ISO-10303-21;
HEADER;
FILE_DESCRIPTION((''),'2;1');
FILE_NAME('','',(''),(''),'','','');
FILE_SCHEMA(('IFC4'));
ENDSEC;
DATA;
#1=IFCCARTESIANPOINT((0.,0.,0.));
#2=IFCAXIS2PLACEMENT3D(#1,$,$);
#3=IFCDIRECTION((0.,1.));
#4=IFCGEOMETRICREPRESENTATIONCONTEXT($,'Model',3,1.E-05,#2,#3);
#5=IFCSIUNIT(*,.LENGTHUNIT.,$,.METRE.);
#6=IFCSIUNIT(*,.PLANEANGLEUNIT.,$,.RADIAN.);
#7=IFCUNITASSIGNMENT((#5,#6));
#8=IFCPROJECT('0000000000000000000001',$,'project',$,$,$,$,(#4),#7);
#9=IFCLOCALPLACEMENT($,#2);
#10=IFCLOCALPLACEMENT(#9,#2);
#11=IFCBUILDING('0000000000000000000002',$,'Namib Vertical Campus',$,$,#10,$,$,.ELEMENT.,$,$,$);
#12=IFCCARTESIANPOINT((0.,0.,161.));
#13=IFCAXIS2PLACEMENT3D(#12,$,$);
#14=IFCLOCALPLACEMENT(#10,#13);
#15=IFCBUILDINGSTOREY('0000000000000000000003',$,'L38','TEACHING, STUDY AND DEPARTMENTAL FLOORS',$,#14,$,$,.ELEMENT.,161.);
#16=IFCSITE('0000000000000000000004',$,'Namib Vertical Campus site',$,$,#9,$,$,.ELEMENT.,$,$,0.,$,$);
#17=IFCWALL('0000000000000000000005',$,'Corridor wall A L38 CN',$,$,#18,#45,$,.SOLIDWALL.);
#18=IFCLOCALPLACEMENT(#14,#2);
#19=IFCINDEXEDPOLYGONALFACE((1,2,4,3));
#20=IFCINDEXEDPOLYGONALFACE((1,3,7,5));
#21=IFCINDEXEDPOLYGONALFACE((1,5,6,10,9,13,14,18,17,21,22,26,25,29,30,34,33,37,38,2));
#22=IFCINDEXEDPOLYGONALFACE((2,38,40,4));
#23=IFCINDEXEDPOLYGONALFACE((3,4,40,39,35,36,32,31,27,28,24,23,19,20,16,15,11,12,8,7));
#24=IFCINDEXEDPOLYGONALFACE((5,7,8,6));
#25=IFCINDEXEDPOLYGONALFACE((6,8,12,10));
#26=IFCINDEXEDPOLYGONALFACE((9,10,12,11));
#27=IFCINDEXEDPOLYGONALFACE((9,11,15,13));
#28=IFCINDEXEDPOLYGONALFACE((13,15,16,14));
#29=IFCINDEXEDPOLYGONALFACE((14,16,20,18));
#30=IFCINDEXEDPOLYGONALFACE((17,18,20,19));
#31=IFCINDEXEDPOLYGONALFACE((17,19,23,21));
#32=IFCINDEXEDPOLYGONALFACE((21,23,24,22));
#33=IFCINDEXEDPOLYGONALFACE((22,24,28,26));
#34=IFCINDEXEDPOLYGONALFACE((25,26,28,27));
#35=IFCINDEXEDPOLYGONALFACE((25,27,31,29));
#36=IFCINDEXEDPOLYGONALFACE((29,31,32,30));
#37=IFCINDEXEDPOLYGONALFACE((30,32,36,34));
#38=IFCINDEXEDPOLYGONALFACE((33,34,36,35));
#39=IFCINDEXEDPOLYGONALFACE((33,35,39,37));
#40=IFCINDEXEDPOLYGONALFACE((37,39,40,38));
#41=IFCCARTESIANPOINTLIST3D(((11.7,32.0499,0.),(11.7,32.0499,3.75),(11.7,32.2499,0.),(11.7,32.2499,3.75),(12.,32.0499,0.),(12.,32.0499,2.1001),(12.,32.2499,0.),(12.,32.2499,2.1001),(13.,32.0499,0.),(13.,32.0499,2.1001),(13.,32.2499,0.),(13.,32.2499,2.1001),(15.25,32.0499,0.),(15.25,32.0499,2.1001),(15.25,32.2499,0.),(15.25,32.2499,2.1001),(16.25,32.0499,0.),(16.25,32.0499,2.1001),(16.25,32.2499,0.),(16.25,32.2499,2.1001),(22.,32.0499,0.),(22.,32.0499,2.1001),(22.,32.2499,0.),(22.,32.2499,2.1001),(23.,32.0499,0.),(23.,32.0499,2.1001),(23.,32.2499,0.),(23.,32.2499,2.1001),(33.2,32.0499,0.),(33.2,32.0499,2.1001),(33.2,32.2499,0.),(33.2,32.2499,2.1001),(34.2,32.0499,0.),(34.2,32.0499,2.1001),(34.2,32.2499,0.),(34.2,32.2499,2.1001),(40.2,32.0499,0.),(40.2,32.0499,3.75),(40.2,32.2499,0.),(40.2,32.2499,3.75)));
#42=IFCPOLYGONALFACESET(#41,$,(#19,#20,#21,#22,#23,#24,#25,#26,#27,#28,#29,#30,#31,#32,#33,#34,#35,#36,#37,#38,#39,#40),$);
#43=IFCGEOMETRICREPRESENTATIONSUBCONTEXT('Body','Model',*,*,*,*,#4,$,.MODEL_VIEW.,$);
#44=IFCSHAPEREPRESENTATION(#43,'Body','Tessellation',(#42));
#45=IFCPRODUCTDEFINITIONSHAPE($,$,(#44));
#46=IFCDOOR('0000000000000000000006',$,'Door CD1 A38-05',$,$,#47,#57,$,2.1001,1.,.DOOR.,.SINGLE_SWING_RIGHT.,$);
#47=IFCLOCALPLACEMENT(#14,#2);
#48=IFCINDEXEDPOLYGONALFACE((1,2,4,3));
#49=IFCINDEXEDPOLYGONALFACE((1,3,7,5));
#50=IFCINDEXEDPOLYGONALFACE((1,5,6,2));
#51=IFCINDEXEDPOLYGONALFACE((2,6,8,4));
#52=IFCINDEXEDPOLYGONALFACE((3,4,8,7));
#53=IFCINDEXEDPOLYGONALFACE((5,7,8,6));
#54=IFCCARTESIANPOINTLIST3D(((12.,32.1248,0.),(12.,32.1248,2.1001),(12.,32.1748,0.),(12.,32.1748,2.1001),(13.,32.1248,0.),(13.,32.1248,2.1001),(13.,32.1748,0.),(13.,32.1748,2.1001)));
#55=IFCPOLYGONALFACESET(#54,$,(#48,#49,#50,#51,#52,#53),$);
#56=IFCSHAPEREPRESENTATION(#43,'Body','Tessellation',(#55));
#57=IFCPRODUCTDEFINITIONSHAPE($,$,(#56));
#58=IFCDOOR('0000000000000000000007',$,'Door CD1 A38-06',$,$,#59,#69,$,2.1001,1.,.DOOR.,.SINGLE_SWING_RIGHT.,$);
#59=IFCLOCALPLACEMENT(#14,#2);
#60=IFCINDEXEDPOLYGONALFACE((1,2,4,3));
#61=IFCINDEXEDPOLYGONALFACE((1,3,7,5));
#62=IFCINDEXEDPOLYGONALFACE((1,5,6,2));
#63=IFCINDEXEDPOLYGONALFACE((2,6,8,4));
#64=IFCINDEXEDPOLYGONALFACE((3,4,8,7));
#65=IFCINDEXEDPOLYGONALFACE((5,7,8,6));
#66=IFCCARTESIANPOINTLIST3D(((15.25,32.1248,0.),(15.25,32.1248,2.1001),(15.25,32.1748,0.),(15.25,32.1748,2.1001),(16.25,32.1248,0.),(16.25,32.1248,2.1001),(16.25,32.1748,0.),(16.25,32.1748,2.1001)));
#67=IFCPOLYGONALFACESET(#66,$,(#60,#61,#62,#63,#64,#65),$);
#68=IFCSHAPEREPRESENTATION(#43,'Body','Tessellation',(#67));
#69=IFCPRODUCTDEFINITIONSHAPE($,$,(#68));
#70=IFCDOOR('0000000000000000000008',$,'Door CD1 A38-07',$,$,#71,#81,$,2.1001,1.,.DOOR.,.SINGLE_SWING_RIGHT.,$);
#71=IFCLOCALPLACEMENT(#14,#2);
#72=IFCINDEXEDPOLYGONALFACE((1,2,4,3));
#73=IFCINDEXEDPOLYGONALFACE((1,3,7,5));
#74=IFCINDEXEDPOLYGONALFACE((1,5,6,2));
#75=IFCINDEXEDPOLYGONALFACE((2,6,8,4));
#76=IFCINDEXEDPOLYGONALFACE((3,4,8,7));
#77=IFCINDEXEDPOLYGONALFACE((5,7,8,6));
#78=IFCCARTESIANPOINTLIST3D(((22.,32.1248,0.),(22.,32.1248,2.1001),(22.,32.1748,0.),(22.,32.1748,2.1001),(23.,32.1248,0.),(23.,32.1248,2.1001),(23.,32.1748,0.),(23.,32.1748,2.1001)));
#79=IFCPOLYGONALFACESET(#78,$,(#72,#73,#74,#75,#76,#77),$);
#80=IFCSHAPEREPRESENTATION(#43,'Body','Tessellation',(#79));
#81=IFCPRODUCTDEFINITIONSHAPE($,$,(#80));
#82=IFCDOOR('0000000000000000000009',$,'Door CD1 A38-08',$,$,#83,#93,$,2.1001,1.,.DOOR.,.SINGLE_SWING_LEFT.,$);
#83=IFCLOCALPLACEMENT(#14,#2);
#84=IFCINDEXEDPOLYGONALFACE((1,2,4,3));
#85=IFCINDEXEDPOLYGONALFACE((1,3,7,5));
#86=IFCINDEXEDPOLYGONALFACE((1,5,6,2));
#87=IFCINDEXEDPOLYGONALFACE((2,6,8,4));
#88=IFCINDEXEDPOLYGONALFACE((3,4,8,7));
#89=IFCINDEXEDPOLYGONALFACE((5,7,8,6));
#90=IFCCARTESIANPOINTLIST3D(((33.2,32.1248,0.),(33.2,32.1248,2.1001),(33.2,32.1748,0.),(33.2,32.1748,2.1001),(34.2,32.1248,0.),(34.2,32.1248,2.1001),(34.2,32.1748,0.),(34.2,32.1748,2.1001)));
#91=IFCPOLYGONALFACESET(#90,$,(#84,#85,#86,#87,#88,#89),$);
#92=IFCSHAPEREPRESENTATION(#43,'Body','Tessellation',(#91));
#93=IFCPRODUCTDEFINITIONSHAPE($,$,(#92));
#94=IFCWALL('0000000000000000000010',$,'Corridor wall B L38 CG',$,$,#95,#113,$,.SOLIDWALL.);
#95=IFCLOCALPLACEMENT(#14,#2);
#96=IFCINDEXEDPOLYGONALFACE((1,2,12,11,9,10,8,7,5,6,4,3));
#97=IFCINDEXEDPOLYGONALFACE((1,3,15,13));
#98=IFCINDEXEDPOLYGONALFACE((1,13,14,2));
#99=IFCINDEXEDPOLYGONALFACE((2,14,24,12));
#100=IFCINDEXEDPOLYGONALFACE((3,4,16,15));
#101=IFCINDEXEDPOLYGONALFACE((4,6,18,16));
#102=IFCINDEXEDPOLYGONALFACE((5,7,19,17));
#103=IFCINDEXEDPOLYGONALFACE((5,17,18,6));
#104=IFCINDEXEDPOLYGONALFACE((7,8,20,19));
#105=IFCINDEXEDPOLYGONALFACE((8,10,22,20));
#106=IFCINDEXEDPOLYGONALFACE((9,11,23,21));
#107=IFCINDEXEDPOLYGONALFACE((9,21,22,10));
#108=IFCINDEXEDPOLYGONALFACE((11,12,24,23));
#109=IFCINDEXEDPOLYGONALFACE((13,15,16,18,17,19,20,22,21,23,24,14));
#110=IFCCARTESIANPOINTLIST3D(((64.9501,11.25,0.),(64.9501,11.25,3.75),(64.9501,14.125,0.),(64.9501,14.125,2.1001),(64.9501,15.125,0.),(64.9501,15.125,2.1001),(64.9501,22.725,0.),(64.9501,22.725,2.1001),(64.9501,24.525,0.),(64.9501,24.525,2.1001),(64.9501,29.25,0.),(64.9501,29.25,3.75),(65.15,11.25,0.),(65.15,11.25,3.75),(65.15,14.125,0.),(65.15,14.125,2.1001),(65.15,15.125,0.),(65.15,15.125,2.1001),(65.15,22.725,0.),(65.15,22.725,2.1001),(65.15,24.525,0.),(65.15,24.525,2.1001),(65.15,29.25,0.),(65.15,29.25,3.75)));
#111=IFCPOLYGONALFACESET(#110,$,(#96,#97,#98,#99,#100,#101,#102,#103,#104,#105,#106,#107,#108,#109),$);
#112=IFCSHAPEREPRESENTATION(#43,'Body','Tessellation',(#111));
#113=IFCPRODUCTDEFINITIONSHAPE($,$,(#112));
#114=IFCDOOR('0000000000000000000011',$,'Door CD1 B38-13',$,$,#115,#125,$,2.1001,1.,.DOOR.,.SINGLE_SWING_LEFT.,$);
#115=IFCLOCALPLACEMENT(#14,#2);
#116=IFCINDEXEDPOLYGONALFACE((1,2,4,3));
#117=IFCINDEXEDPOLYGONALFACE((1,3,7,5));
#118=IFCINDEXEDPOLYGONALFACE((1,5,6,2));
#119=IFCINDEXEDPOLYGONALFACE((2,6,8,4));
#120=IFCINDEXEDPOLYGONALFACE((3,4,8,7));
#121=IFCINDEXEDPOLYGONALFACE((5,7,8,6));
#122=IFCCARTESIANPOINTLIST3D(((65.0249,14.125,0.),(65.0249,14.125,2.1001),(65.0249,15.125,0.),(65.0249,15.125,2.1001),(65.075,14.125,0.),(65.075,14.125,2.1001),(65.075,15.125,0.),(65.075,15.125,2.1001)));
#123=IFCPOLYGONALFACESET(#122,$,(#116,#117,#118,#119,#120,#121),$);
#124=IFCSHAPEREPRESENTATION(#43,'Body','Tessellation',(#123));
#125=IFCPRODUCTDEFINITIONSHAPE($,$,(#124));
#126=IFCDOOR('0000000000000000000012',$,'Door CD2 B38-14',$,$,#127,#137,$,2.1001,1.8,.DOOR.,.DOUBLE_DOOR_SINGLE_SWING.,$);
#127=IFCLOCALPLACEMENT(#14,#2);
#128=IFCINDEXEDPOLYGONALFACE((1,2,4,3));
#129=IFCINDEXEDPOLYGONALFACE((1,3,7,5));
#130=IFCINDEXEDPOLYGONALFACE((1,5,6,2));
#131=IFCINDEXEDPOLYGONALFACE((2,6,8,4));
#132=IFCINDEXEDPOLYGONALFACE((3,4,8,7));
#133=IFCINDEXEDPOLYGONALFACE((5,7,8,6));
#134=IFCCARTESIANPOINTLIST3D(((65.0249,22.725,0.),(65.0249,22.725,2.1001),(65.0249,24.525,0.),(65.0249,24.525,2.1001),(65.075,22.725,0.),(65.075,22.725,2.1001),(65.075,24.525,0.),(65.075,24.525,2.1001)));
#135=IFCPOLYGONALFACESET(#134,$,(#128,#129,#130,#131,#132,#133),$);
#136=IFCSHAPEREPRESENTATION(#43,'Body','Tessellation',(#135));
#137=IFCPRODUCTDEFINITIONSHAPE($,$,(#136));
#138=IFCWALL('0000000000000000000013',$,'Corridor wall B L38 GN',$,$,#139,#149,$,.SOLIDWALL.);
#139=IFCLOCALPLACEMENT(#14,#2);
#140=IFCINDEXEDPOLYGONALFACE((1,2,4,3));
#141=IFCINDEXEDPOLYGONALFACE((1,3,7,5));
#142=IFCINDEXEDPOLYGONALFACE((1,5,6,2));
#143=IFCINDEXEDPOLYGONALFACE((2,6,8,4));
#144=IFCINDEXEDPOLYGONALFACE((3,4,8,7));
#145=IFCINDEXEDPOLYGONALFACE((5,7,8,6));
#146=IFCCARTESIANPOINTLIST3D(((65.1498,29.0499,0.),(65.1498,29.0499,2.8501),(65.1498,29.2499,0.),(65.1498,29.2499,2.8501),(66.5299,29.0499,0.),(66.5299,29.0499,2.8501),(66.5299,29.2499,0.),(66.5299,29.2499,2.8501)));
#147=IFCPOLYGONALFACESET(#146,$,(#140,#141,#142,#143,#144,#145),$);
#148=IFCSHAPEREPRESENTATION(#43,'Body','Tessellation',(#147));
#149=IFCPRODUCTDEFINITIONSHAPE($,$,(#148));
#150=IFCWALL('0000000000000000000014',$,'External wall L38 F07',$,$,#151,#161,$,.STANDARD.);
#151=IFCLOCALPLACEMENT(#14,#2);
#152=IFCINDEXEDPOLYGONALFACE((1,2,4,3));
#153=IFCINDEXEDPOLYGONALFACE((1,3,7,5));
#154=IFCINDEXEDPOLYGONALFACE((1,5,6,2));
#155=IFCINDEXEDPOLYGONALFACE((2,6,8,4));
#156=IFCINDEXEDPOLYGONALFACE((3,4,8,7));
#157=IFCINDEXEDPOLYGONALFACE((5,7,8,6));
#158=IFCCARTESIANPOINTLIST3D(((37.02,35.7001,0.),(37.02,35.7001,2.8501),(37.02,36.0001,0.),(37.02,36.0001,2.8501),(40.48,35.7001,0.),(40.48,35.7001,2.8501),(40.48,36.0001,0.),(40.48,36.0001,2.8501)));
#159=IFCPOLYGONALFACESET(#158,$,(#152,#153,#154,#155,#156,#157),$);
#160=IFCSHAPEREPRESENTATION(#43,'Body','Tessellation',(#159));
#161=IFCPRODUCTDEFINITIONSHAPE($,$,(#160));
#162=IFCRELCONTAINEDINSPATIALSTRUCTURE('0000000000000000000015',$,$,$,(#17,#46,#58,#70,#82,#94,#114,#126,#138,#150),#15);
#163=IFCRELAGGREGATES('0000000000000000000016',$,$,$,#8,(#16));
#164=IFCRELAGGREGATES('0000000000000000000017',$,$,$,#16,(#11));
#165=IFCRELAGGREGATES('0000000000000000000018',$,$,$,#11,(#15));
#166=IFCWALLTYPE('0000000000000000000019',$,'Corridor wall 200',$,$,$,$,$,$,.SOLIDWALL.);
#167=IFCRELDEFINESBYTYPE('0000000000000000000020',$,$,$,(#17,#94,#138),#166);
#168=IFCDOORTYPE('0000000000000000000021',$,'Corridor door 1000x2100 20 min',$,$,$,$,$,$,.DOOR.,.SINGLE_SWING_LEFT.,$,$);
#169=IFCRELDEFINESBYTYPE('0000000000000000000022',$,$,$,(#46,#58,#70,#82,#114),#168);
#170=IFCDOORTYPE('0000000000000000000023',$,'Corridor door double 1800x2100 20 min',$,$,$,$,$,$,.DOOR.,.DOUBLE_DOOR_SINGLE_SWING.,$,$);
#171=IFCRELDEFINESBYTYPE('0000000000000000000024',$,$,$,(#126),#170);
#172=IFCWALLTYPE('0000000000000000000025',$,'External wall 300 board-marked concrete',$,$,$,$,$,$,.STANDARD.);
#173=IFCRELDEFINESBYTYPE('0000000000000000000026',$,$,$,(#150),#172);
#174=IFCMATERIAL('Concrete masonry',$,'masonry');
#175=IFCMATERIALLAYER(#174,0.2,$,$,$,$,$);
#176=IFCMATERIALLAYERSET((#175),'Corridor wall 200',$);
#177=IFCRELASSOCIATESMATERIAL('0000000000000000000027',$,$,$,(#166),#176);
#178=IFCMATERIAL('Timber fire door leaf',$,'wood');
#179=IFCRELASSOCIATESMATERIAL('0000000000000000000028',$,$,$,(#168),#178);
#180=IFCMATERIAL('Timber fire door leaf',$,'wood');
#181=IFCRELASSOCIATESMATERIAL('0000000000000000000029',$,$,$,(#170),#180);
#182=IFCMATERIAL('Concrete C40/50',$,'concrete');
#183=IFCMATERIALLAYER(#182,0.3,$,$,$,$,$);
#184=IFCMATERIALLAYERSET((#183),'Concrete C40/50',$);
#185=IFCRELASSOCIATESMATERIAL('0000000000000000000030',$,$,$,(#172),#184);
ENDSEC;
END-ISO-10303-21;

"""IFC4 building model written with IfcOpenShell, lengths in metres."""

from ifc_helpers import new_model, si_unit, direction, frame, frame_2d, origin, place, context, subcontext, project, spatial, rectangle, extrude, material, layer, layer_set, type_object, element, fill, save


model = new_model("IFC4")

# Units and contexts
model_context = context("Model", 3, precision=1e-05, world=origin(), true_north=direction((0.0, 1.0)))
body_context = subcontext(model_context, "Body", "Model", "MODEL_VIEW")
ifc_project = project(units=[si_unit("LENGTHUNIT", "METRE"), si_unit("PLANEANGLEUNIT", "RADIAN")], contexts=[model_context])

# Site, building, storey
site_placement = place(None, origin())
site = spatial("IfcSite", under=ifc_project, at=site_placement, Name="Namib Vertical Campus site", CompositionType="ELEMENT", RefElevation=0.0)
building_placement = place(site_placement, origin())
building = spatial("IfcBuilding", under=site, at=building_placement, Name="Namib Vertical Campus", CompositionType="ELEMENT")
storey_placement = place(building_placement, frame((0.0, 0.0, 161.0)))
storey = spatial("IfcBuildingStorey", under=building, at=storey_placement, Name="L38", Description="TEACHING, STUDY AND DEPARTMENTAL FLOORS", CompositionType="ELEMENT", Elevation=161.0)

# Walls, openings, doors
ifc_material_1 = material(Name="Concrete masonry", Category="masonry")
ifc_layer_1 = layer(ifc_material_1, 0.2)
ifc_layer_set_1 = layer_set([ifc_layer_1], Name="Corridor wall 200")
wall_type_1 = type_object("IfcWallType", Name="Corridor wall 200", PredefinedType="SOLIDWALL", material=ifc_layer_set_1)
wall_1_placement = place(storey_placement, frame((40.2, 32.1499, 0.0), z_axis=(0.0, 0.0, 1.0), x_axis=(-1.0, 0.0, 0.0)))
wall_1 = element("IfcWall", 1, at=wall_1_placement, inside=storey, type_object=wall_type_1, Name="Corridor wall A L38 CN", PredefinedType="SOLIDWALL", context=body_context, shape_type="SweptSolid", body=[
    extrude(rectangle(XDim=28.5, YDim=0.2, at=frame_2d((14.25, 0.0))), origin(), (0.0, 0.0, 1.0), 3.75),
])
opening_1_placement = place(wall_1_placement, frame((27.2, 0.0, 0.0)))
opening_1 = element("IfcOpeningElement", 2, at=opening_1_placement, cuts=wall_1, PredefinedType="OPENING", context=body_context, shape_type="SweptSolid", body=[
    extrude(rectangle(XDim=1.0, YDim=2.1001, at=frame_2d((0.5, 1.05))), frame((0.0, 0.1099, 0.0), z_axis=(0.0, -1.0, 0.0), x_axis=(1.0, 0.0, 0.0)), (0.0, 0.0, 1.0), 0.22),
])
opening_2_placement = place(wall_1_placement, frame((23.95, 0.0, 0.0)))
opening_2 = element("IfcOpeningElement", 3, at=opening_2_placement, cuts=wall_1, PredefinedType="OPENING", context=body_context, shape_type="SweptSolid", body=[
    extrude(rectangle(XDim=1.0, YDim=2.1001, at=frame_2d((0.5, 1.05))), frame((0.0, 0.1099, 0.0), z_axis=(0.0, -1.0, 0.0), x_axis=(1.0, 0.0, 0.0)), (0.0, 0.0, 1.0), 0.22),
])
opening_3_placement = place(wall_1_placement, frame((17.2, 0.0, 0.0)))
opening_3 = element("IfcOpeningElement", 4, at=opening_3_placement, cuts=wall_1, PredefinedType="OPENING", context=body_context, shape_type="SweptSolid", body=[
    extrude(rectangle(XDim=1.0, YDim=2.1001, at=frame_2d((0.5, 1.05))), frame((0.0, 0.1099, 0.0), z_axis=(0.0, -1.0, 0.0), x_axis=(1.0, 0.0, 0.0)), (0.0, 0.0, 1.0), 0.22),
])
opening_4_placement = place(wall_1_placement, frame((6.0, 0.0, 0.0)))
opening_4 = element("IfcOpeningElement", 5, at=opening_4_placement, cuts=wall_1, PredefinedType="OPENING", context=body_context, shape_type="SweptSolid", body=[
    extrude(rectangle(XDim=1.0, YDim=2.1001, at=frame_2d((0.5, 1.05))), frame((0.0, 0.1099, 0.0), z_axis=(0.0, -1.0, 0.0), x_axis=(1.0, 0.0, 0.0)), (0.0, 0.0, 1.0), 0.22),
])
ifc_material_2 = material(Name="Timber fire door leaf", Category="wood")
door_type_1 = type_object("IfcDoorType", Name="Corridor door 1000x2100 20 min", OperationType="SINGLE_SWING_LEFT", PredefinedType="DOOR", material=ifc_material_2)
door_1_placement = place(opening_1_placement, frame((1.0, 0.0, 0.0), z_axis=(0.0, 0.0, 1.0), x_axis=(-1.0, 0.0, 0.0)))
door_1 = element("IfcDoor", 6, at=door_1_placement, inside=storey, type_object=door_type_1, Name="Door CD1 A38-05", OperationType="SINGLE_SWING_RIGHT", OverallHeight=2.1001, OverallWidth=1.0, PredefinedType="DOOR", context=body_context, shape_type="SweptSolid", body=[
    extrude(rectangle(XDim=1.0, YDim=2.1001, at=frame_2d((0.5, 1.05))), frame((0.0, 0.0249, 0.0), z_axis=(0.0, -1.0, 0.0), x_axis=(1.0, 0.0, 0.0)), (0.0, 0.0, 1.0), 0.05),
])
fill(opening_1, door_1)
door_2_placement = place(opening_2_placement, frame((1.0, 0.0, 0.0), z_axis=(0.0, 0.0, 1.0), x_axis=(-1.0, 0.0, 0.0)))
door_2 = element("IfcDoor", 7, at=door_2_placement, inside=storey, type_object=door_type_1, Name="Door CD1 A38-06", OperationType="SINGLE_SWING_RIGHT", OverallHeight=2.1001, OverallWidth=1.0, PredefinedType="DOOR", context=body_context, shape_type="SweptSolid", body=[
    extrude(rectangle(XDim=1.0, YDim=2.1001, at=frame_2d((0.5, 1.05))), frame((0.0, 0.0249, 0.0), z_axis=(0.0, -1.0, 0.0), x_axis=(1.0, 0.0, 0.0)), (0.0, 0.0, 1.0), 0.05),
])
fill(opening_2, door_2)
door_3_placement = place(opening_3_placement, frame((1.0, 0.0, 0.0), z_axis=(0.0, 0.0, 1.0), x_axis=(-1.0, 0.0, 0.0)))
door_3 = element("IfcDoor", 8, at=door_3_placement, inside=storey, type_object=door_type_1, Name="Door CD1 A38-07", OperationType="SINGLE_SWING_RIGHT", OverallHeight=2.1001, OverallWidth=1.0, PredefinedType="DOOR", context=body_context, shape_type="SweptSolid", body=[
    extrude(rectangle(XDim=1.0, YDim=2.1001, at=frame_2d((0.5, 1.05))), frame((0.0, 0.0249, 0.0), z_axis=(0.0, -1.0, 0.0), x_axis=(1.0, 0.0, 0.0)), (0.0, 0.0, 1.0), 0.05),
])
fill(opening_3, door_3)
door_4_placement = place(opening_4_placement, frame((1.0, 0.0, 0.0), z_axis=(0.0, 0.0, 1.0), x_axis=(-1.0, 0.0, 0.0)))
door_4 = element("IfcDoor", 9, at=door_4_placement, inside=storey, type_object=door_type_1, Name="Door CD1 A38-08", OperationType="SINGLE_SWING_LEFT", OverallHeight=2.1001, OverallWidth=1.0, PredefinedType="DOOR", context=body_context, shape_type="SweptSolid", body=[
    extrude(rectangle(XDim=1.0, YDim=2.1001, at=frame_2d((0.5, 1.05))), frame((0.0, 0.0249, 0.0), z_axis=(0.0, -1.0, 0.0), x_axis=(1.0, 0.0, 0.0)), (0.0, 0.0, 1.0), 0.05),
])
fill(opening_4, door_4)
wall_2_placement = place(storey_placement, frame((65.05, 29.25, 0.0), z_axis=(0.0, 0.0, 1.0), x_axis=(0.0, -1.0, 0.0)))
wall_2 = element("IfcWall", 10, at=wall_2_placement, inside=storey, type_object=wall_type_1, Name="Corridor wall B L38 CG", PredefinedType="SOLIDWALL", context=body_context, shape_type="SweptSolid", body=[
    extrude(rectangle(XDim=18.0, YDim=0.2, at=frame_2d((9.0, 0.0))), origin(), (0.0, 0.0, 1.0), 3.75),
])
opening_5_placement = place(wall_2_placement, frame((14.125, 0.0, 0.0)))
opening_5 = element("IfcOpeningElement", 11, at=opening_5_placement, cuts=wall_2, PredefinedType="OPENING", context=body_context, shape_type="SweptSolid", body=[
    extrude(rectangle(XDim=1.0, YDim=2.1001, at=frame_2d((0.5, 1.05))), frame((0.0, 0.1099, 0.0), z_axis=(0.0, -1.0, 0.0), x_axis=(1.0, 0.0, 0.0)), (0.0, 0.0, 1.0), 0.22),
])
opening_6_placement = place(wall_2_placement, frame((4.7251, 0.0, 0.0)))
opening_6 = element("IfcOpeningElement", 12, at=opening_6_placement, cuts=wall_2, PredefinedType="OPENING", context=body_context, shape_type="SweptSolid", body=[
    extrude(rectangle(XDim=1.8, YDim=2.1001, at=frame_2d((0.8999, 1.05))), frame((0.0, 0.1099, 0.0), z_axis=(0.0, -1.0, 0.0), x_axis=(1.0, 0.0, 0.0)), (0.0, 0.0, 1.0), 0.22),
])
door_5_placement = place(opening_5_placement, origin())
door_5 = element("IfcDoor", 13, at=door_5_placement, inside=storey, type_object=door_type_1, Name="Door CD1 B38-13", OperationType="SINGLE_SWING_LEFT", OverallHeight=2.1001, OverallWidth=1.0, PredefinedType="DOOR", context=body_context, shape_type="SweptSolid", body=[
    extrude(rectangle(XDim=1.0, YDim=2.1001, at=frame_2d((0.5, 1.05))), frame((0.0, 0.0249, 0.0), z_axis=(0.0, -1.0, 0.0), x_axis=(1.0, 0.0, 0.0)), (0.0, 0.0, 1.0), 0.05),
])
fill(opening_5, door_5)
ifc_material_3 = material(Name="Timber fire door leaf", Category="wood")
door_type_2 = type_object("IfcDoorType", Name="Corridor door double 1800x2100 20 min", OperationType="DOUBLE_DOOR_SINGLE_SWING", PredefinedType="DOOR", material=ifc_material_3)
door_6_placement = place(opening_6_placement, origin())
door_6 = element("IfcDoor", 14, at=door_6_placement, inside=storey, type_object=door_type_2, Name="Door CD2 B38-14", OperationType="DOUBLE_DOOR_SINGLE_SWING", OverallHeight=2.1001, OverallWidth=1.8, PredefinedType="DOOR", context=body_context, shape_type="SweptSolid", body=[
    extrude(rectangle(XDim=1.8, YDim=2.1001, at=frame_2d((0.8999, 1.05))), frame((0.0, 0.0249, 0.0), z_axis=(0.0, -1.0, 0.0), x_axis=(1.0, 0.0, 0.0)), (0.0, 0.0, 1.0), 0.05),
])
fill(opening_6, door_6)

# Walls
wall_3_placement = place(storey_placement, frame((65.1499, 29.1499, 0.0), z_axis=(0.0, 0.0, 1.0), x_axis=(1.0, 0.0, 0.0)))
element("IfcWall", 15, at=wall_3_placement, inside=storey, type_object=wall_type_1, Name="Corridor wall B L38 GN", PredefinedType="SOLIDWALL", context=body_context, shape_type="SweptSolid", body=[
    extrude(rectangle(XDim=1.3801, YDim=0.2, at=frame_2d((0.6899, 0.0))), origin(), (0.0, 0.0, 1.0), 2.8501),
])
ifc_material_4 = material(Name="Concrete C40/50", Category="concrete")
ifc_layer_2 = layer(ifc_material_4, 0.3)
ifc_layer_set_2 = layer_set([ifc_layer_2], Name="Concrete C40/50")
wall_type_2 = type_object("IfcWallType", Name="External wall 300 board-marked concrete", PredefinedType="STANDARD", material=ifc_layer_set_2)
wall_4_placement = place(storey_placement, frame((40.48, 35.8501, 0.0), z_axis=(0.0, 0.0, 1.0), x_axis=(-1.0, 0.0, 0.0)))
element("IfcWall", 16, at=wall_4_placement, inside=storey, type_object=wall_type_2, Name="External wall L38 F07", PredefinedType="STANDARD", context=body_context, shape_type="SweptSolid", body=[
    extrude(rectangle(XDim=3.46, YDim=0.3, at=frame_2d((1.73, 0.0))), origin(), (0.0, 0.0, 1.0), 2.8501),
])

save(model, "model.ifc")
